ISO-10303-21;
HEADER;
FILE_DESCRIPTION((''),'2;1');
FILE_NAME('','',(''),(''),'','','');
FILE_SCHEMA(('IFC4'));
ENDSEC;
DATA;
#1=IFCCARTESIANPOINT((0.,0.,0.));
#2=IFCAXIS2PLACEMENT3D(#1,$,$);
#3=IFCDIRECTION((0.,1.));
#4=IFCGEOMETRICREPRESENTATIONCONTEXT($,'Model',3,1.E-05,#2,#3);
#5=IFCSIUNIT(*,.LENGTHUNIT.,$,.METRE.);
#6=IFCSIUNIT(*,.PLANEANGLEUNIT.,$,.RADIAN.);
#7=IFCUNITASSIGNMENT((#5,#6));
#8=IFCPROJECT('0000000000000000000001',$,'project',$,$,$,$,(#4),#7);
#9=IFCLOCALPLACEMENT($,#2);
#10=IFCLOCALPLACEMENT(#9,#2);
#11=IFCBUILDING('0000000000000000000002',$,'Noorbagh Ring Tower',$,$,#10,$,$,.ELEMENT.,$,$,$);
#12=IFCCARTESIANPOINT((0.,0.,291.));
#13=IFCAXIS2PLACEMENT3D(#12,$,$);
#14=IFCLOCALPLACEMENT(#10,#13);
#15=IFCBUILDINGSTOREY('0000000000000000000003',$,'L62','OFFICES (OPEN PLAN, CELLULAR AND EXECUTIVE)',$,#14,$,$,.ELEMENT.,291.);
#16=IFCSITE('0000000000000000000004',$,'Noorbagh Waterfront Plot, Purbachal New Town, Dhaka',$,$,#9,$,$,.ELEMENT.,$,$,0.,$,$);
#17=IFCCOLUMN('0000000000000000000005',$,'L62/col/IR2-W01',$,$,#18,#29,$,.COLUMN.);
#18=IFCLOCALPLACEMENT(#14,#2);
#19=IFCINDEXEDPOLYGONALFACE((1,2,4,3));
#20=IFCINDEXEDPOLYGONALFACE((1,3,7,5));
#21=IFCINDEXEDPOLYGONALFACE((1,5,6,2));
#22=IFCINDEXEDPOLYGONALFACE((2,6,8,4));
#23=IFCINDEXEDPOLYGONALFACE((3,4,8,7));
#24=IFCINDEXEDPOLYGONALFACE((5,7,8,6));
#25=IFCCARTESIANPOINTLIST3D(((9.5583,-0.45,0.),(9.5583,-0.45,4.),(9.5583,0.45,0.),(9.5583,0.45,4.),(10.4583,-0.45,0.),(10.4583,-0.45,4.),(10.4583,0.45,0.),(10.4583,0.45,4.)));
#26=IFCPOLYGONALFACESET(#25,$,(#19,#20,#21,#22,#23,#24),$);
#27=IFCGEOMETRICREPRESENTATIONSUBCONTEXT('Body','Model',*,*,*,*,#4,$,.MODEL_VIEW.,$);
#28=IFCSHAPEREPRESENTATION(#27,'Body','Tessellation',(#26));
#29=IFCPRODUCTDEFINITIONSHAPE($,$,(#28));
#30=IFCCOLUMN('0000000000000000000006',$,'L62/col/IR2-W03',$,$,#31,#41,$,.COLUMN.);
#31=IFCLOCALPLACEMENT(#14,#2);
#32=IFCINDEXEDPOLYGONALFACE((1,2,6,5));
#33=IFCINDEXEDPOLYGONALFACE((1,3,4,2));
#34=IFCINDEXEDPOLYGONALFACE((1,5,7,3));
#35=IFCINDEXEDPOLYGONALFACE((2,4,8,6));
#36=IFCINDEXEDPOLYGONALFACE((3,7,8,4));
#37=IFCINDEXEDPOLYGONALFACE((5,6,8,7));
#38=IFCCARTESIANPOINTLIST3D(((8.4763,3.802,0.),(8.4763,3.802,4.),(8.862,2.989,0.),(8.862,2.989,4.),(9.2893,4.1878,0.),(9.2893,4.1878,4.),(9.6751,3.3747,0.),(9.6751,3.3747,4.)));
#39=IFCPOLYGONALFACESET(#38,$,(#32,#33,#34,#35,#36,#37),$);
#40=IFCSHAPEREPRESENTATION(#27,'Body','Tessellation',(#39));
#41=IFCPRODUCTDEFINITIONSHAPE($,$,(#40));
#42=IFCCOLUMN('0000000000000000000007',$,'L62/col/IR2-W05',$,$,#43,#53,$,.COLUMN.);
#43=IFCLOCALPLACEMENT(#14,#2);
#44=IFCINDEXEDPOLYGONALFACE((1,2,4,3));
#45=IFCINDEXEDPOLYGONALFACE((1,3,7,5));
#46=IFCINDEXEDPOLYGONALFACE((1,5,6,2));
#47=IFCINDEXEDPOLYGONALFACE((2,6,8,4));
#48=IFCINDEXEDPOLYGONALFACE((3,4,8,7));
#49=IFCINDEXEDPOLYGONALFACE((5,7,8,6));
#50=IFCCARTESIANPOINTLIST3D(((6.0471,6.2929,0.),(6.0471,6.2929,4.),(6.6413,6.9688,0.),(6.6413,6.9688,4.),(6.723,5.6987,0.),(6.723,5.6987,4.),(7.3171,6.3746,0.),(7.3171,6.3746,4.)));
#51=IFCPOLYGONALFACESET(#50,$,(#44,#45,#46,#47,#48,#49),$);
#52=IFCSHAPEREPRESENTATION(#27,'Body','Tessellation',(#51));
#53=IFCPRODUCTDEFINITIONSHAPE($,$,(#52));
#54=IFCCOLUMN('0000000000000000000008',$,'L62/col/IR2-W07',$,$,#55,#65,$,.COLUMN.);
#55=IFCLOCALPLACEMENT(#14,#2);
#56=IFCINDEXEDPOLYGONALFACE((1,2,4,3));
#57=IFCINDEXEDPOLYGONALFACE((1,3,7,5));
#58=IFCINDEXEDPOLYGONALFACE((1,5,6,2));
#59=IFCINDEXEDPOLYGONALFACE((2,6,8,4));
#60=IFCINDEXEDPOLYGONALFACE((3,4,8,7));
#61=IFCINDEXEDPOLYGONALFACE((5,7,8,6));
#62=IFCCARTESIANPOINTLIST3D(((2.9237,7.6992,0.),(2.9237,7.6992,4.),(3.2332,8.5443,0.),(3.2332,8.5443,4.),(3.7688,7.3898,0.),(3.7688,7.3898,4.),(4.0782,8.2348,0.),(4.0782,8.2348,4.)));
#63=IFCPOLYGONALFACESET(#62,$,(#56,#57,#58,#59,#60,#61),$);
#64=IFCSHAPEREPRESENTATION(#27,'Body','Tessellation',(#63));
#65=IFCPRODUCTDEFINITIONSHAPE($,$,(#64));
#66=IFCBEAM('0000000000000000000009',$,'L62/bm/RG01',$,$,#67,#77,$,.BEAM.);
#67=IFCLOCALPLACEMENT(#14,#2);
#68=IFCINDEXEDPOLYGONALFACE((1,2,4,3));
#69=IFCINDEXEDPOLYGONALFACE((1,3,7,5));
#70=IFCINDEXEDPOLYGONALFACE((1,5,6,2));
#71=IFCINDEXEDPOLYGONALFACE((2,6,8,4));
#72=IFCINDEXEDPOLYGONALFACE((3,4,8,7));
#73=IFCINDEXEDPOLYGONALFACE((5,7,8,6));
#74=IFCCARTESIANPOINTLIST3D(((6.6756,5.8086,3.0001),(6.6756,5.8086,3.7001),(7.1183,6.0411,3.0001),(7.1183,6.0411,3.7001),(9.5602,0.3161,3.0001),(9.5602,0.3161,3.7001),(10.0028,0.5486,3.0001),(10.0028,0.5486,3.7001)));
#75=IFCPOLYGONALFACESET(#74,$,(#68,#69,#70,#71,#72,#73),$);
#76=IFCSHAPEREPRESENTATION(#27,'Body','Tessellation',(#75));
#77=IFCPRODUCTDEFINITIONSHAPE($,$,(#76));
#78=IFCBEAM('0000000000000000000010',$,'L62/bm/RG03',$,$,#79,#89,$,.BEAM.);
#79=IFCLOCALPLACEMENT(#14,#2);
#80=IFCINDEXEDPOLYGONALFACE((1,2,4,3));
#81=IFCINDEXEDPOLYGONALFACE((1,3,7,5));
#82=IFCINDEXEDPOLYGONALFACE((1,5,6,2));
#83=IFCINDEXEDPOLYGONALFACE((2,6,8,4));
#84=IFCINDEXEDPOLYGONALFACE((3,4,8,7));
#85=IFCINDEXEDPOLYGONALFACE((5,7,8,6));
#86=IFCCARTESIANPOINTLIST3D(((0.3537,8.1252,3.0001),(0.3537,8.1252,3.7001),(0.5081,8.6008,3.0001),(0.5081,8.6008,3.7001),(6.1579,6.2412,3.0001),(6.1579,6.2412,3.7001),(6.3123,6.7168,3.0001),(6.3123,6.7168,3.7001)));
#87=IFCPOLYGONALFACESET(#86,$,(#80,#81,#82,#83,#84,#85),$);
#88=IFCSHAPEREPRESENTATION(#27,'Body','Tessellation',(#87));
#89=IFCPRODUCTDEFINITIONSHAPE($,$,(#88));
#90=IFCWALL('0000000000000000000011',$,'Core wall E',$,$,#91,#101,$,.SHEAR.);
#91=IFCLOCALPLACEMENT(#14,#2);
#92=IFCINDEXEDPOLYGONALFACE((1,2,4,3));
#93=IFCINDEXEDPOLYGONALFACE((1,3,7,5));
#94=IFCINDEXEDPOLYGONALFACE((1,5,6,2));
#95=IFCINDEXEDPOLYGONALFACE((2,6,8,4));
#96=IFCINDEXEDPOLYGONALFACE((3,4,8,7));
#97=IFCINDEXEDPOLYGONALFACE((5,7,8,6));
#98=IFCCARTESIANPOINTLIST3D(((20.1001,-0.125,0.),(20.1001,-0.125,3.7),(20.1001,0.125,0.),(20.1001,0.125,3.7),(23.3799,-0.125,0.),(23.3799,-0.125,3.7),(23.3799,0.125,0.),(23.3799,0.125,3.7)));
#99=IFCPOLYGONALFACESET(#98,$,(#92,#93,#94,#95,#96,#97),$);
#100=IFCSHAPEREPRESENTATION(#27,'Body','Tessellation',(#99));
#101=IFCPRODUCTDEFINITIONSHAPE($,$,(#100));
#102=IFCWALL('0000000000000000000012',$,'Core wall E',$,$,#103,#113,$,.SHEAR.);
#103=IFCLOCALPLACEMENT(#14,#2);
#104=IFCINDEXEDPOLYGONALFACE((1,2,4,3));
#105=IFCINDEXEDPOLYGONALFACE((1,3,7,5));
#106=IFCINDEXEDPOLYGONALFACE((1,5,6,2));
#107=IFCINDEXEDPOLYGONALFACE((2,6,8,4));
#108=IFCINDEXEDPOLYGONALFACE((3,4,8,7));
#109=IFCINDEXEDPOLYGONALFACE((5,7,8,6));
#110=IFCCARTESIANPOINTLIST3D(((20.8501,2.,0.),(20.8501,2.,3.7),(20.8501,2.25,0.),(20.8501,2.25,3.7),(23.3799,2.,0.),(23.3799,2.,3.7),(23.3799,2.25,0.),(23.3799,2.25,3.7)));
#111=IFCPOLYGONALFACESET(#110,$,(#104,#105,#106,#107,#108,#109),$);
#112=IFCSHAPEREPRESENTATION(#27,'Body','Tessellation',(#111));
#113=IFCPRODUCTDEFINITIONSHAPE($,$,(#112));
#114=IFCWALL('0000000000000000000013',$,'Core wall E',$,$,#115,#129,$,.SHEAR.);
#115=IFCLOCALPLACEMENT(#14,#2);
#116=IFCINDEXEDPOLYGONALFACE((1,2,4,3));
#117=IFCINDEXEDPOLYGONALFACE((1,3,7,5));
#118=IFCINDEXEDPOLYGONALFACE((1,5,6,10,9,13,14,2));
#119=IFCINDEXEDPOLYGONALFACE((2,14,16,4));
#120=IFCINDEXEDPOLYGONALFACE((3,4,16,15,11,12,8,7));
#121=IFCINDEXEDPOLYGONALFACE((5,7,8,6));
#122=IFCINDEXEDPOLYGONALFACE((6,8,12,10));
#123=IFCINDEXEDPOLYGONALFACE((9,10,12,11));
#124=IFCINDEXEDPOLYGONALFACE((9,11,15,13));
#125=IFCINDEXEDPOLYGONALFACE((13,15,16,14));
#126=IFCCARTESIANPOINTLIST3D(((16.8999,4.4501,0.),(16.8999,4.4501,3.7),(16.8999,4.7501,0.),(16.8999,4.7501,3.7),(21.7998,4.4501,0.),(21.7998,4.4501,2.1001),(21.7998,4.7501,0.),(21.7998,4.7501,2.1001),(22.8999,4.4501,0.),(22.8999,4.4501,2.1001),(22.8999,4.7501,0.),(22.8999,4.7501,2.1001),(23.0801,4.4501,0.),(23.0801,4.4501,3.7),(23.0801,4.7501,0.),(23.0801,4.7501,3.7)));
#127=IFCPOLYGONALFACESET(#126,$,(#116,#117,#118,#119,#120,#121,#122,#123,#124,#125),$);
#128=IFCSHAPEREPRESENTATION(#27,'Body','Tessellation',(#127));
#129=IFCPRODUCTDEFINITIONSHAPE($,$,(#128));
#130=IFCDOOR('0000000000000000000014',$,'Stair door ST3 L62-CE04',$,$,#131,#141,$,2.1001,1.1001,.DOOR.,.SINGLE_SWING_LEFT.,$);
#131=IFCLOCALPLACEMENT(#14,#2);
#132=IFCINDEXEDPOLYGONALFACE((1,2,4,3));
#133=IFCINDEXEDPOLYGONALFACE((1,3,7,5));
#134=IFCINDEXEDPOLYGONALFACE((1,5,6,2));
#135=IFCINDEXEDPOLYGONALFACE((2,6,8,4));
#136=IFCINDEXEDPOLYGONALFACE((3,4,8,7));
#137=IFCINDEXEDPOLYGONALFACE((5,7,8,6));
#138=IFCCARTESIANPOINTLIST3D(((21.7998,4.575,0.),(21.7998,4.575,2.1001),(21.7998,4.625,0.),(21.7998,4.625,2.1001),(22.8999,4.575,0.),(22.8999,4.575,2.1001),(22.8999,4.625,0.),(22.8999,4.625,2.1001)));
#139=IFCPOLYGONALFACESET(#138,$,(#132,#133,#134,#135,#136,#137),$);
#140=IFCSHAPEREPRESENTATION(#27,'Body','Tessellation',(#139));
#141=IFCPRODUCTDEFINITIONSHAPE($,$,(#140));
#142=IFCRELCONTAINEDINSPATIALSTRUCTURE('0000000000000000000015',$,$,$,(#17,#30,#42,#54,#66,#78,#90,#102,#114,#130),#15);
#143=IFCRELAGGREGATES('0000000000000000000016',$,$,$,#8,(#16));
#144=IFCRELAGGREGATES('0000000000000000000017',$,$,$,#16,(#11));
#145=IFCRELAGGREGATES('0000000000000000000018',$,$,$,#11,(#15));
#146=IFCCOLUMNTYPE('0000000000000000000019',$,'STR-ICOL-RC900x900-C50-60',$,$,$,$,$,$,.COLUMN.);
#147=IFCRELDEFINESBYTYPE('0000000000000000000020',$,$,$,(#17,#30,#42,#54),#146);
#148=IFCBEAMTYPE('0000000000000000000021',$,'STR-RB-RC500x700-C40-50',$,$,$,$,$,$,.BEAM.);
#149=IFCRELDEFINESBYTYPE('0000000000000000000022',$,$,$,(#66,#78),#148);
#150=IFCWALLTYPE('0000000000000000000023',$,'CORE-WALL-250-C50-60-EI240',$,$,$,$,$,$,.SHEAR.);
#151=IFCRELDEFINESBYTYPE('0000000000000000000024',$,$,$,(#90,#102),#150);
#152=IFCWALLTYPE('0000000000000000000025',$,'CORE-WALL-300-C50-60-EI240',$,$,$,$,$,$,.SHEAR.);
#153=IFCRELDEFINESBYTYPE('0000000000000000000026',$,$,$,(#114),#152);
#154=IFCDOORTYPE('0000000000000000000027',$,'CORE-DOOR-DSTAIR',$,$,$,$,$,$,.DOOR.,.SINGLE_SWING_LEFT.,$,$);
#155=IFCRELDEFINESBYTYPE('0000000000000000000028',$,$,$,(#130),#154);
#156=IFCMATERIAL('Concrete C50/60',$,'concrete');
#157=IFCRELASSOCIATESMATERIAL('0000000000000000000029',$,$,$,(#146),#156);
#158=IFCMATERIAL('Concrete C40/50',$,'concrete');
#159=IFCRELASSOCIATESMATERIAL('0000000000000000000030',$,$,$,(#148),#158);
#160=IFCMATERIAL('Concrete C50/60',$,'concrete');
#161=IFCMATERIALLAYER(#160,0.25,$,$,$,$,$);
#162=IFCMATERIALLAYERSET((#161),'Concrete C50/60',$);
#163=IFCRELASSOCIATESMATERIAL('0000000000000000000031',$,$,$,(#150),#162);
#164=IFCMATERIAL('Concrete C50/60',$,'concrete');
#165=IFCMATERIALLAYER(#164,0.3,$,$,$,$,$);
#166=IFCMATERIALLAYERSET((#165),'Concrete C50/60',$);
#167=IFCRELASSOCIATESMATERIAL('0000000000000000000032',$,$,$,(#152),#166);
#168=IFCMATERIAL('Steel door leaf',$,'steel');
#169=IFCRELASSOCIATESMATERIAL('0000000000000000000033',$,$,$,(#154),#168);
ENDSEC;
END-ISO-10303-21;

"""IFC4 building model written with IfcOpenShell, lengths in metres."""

from ifc_helpers import new_model, si_unit, direction, frame, frame_2d, origin, origin_2d, place, context, subcontext, project, spatial, rectangle, extrude, material, layer, layer_set, material_profile, profile_set, type_object, element, fill, save


model = new_model("IFC4")

# Units and contexts
model_context = context("Model", 3, precision=1e-05, world=origin(), true_north=direction((0.0, 1.0)))
body_context = subcontext(model_context, "Body", "Model", "MODEL_VIEW")
ifc_project = project(units=[si_unit("LENGTHUNIT", "METRE"), si_unit("PLANEANGLEUNIT", "RADIAN")], contexts=[model_context])

# Site, building, storey
site_placement = place(None, origin())
site = spatial("IfcSite", under=ifc_project, at=site_placement, Name="Noorbagh Waterfront Plot, Purbachal New Town, Dhaka", CompositionType="ELEMENT", RefElevation=0.0)
building_placement = place(site_placement, origin())
building = spatial("IfcBuilding", under=site, at=building_placement, Name="Noorbagh Ring Tower", CompositionType="ELEMENT")
storey_placement = place(building_placement, frame((0.0, 0.0, 291.0)))
storey = spatial("IfcBuildingStorey", under=building, at=storey_placement, Name="L62", Description="OFFICES (OPEN PLAN, CELLULAR AND EXECUTIVE)", CompositionType="ELEMENT", Elevation=291.0)

# Columns
ifc_material_1 = material(Name="Concrete C50/60", Category="concrete")
ifc_material_profile_1 = material_profile(ifc_material_1, rectangle(XDim=0.8999, YDim=0.8999, at=origin_2d()), Name="RC900x900")
ifc_profile_set_1 = profile_set([ifc_material_profile_1], Name="Concrete C50/60")
column_type = type_object("IfcColumnType", Name="STR-ICOL-RC900x900-C50-60", PredefinedType="COLUMN", material=ifc_profile_set_1)
for number, where, z_axis, x_axis, name in (
    (1, (10.0083, 0.0, 0.0), (0.0, 0.0, 1.0), (0.0, 1.0, 0.0), "L62/col/IR2-W01"),
    (2, (9.0757, 3.5884, 0.0), (0.0, 0.0, 1.0), (-0.428667, 0.903463, 0.0), "L62/col/IR2-W03"),
    (3, (6.6821, 6.3337, 0.0), (0.0, 0.0, 1.0), (-0.751022, 0.660277, 0.0), "L62/col/IR2-W05"),
    (4, (3.501, 7.967, 0.0), (0.0, 0.0, 1.0), (-0.93902, 0.343864, 0.0), "L62/col/IR2-W07"),
):
    element("IfcColumn", number, at=place(storey_placement, frame(where, z_axis=z_axis, x_axis=x_axis)), inside=storey, type_object=column_type, Name=name, PredefinedType="COLUMN", context=body_context, shape_type="SweptSolid", body=[
        extrude(rectangle(XDim=0.8999, YDim=0.8999, at=origin_2d()), origin(), (0.0, 0.0, 1.0), 4.0),
    ])

# Beams
ifc_material_2 = material(Name="Concrete C40/50", Category="concrete")
ifc_material_profile_2 = material_profile(ifc_material_2, rectangle(XDim=0.5, YDim=0.7, at=origin_2d()), Name="RC500x700")
ifc_profile_set_2 = profile_set([ifc_material_profile_2], Name="Concrete C40/50")
beam_type = type_object("IfcBeamType", Name="STR-RB-RC500x700-C40-50", PredefinedType="BEAM", material=ifc_profile_set_2)
beam_1_placement = place(storey_placement, frame((9.7815, 0.4324, 3.3501), z_axis=(-0.46496, 0.885332, 0.0), x_axis=(-0.885332, -0.46496, 0.0)))
element("IfcBeam", 5, at=beam_1_placement, inside=storey, type_object=beam_type, Name="L62/bm/RG01", PredefinedType="BEAM", context=body_context, shape_type="SweptSolid", body=[
    extrude(rectangle(XDim=0.5, YDim=0.7, at=origin_2d()), origin(), (0.0, 0.0, 1.0), 6.2039),
])
beam_2_placement = place(storey_placement, frame((6.2351, 6.479, 3.3501), z_axis=(-0.951146, 0.30874, 0.0), x_axis=(-0.30874, -0.951146, 0.0)))
element("IfcBeam", 6, at=beam_2_placement, inside=storey, type_object=beam_type, Name="L62/bm/RG03", PredefinedType="BEAM", context=body_context, shape_type="SweptSolid", body=[
    extrude(rectangle(XDim=0.5, YDim=0.7, at=origin_2d()), origin(), (0.0, 0.0, 1.0), 6.1023),
])

# Walls
ifc_material_3 = material(Name="Concrete C50/60", Category="concrete")
ifc_layer_1 = layer(ifc_material_3, 0.25)
ifc_layer_set_1 = layer_set([ifc_layer_1], Name="Concrete C50/60")
wall_type_1 = type_object("IfcWallType", Name="CORE-WALL-250-C50-60-EI240", PredefinedType="SHEAR", material=ifc_layer_set_1)
wall_1_placement = place(storey_placement, frame((20.1001, 0.0, 0.0), z_axis=(0.0, 0.0, 1.0), x_axis=(1.0, 0.0, 0.0)))
element("IfcWall", 7, at=wall_1_placement, inside=storey, type_object=wall_type_1, Name="Core wall E", PredefinedType="SHEAR", context=body_context, shape_type="SweptSolid", body=[
    extrude(rectangle(XDim=3.2798, YDim=0.25, at=frame_2d((1.6399, 0.0))), origin(), (0.0, 0.0, 1.0), 3.7),
])
wall_2_placement = place(storey_placement, frame((20.8501, 2.125, 0.0), z_axis=(0.0, 0.0, 1.0), x_axis=(1.0, 0.0, 0.0)))
element("IfcWall", 8, at=wall_2_placement, inside=storey, type_object=wall_type_1, Name="Core wall E", PredefinedType="SHEAR", context=body_context, shape_type="SweptSolid", body=[
    extrude(rectangle(XDim=2.5298, YDim=0.25, at=frame_2d((1.2649, 0.0))), origin(), (0.0, 0.0, 1.0), 3.7),
])

# Wall, opening, door
ifc_material_4 = material(Name="Concrete C50/60", Category="concrete")
ifc_layer_2 = layer(ifc_material_4, 0.3)
ifc_layer_set_2 = layer_set([ifc_layer_2], Name="Concrete C50/60")
wall_type_2 = type_object("IfcWallType", Name="CORE-WALL-300-C50-60-EI240", PredefinedType="SHEAR", material=ifc_layer_set_2)
wall_3_placement = place(storey_placement, frame((16.8999, 4.6001, 0.0), z_axis=(0.0, 0.0, 1.0), x_axis=(1.0, 0.0, 0.0)))
wall_3 = element("IfcWall", 9, at=wall_3_placement, inside=storey, type_object=wall_type_2, Name="Core wall E", PredefinedType="SHEAR", context=body_context, shape_type="SweptSolid", body=[
    extrude(rectangle(XDim=6.1802, YDim=0.3, at=frame_2d((3.0901, 0.0))), origin(), (0.0, 0.0, 1.0), 3.7),
])
opening_1_placement = place(wall_3_placement, frame((4.8999, 0.0, 0.0)))
opening_1 = element("IfcOpeningElement", 10, at=opening_1_placement, cuts=wall_3, PredefinedType="OPENING", context=body_context, shape_type="SweptSolid", body=[
    extrude(rectangle(XDim=1.1001, YDim=2.1001, at=frame_2d((0.55, 1.05))), frame((0.0, 0.1602, 0.0), z_axis=(0.0, -1.0, 0.0), x_axis=(1.0, 0.0, 0.0)), (0.0, 0.0, 1.0), 0.3201),
])
ifc_material_5 = material(Name="Steel door leaf", Category="steel")
door_type_1 = type_object("IfcDoorType", Name="CORE-DOOR-DSTAIR", OperationType="SINGLE_SWING_LEFT", PredefinedType="DOOR", material=ifc_material_5)
door_1_placement = place(opening_1_placement, origin())
door_1 = element("IfcDoor", 11, at=door_1_placement, inside=storey, type_object=door_type_1, Name="Stair door ST3 L62-CE04", OperationType="SINGLE_SWING_LEFT", OverallHeight=2.1001, OverallWidth=1.1001, PredefinedType="DOOR", context=body_context, shape_type="SweptSolid", body=[
    extrude(rectangle(XDim=1.1001, YDim=2.1001, at=frame_2d((0.55, 1.05))), frame((0.0, 0.0249, 0.0), z_axis=(0.0, -1.0, 0.0), x_axis=(1.0, 0.0, 0.0)), (0.0, 0.0, 1.0), 0.05),
])
fill(opening_1, door_1)

save(model, "model.ifc")
